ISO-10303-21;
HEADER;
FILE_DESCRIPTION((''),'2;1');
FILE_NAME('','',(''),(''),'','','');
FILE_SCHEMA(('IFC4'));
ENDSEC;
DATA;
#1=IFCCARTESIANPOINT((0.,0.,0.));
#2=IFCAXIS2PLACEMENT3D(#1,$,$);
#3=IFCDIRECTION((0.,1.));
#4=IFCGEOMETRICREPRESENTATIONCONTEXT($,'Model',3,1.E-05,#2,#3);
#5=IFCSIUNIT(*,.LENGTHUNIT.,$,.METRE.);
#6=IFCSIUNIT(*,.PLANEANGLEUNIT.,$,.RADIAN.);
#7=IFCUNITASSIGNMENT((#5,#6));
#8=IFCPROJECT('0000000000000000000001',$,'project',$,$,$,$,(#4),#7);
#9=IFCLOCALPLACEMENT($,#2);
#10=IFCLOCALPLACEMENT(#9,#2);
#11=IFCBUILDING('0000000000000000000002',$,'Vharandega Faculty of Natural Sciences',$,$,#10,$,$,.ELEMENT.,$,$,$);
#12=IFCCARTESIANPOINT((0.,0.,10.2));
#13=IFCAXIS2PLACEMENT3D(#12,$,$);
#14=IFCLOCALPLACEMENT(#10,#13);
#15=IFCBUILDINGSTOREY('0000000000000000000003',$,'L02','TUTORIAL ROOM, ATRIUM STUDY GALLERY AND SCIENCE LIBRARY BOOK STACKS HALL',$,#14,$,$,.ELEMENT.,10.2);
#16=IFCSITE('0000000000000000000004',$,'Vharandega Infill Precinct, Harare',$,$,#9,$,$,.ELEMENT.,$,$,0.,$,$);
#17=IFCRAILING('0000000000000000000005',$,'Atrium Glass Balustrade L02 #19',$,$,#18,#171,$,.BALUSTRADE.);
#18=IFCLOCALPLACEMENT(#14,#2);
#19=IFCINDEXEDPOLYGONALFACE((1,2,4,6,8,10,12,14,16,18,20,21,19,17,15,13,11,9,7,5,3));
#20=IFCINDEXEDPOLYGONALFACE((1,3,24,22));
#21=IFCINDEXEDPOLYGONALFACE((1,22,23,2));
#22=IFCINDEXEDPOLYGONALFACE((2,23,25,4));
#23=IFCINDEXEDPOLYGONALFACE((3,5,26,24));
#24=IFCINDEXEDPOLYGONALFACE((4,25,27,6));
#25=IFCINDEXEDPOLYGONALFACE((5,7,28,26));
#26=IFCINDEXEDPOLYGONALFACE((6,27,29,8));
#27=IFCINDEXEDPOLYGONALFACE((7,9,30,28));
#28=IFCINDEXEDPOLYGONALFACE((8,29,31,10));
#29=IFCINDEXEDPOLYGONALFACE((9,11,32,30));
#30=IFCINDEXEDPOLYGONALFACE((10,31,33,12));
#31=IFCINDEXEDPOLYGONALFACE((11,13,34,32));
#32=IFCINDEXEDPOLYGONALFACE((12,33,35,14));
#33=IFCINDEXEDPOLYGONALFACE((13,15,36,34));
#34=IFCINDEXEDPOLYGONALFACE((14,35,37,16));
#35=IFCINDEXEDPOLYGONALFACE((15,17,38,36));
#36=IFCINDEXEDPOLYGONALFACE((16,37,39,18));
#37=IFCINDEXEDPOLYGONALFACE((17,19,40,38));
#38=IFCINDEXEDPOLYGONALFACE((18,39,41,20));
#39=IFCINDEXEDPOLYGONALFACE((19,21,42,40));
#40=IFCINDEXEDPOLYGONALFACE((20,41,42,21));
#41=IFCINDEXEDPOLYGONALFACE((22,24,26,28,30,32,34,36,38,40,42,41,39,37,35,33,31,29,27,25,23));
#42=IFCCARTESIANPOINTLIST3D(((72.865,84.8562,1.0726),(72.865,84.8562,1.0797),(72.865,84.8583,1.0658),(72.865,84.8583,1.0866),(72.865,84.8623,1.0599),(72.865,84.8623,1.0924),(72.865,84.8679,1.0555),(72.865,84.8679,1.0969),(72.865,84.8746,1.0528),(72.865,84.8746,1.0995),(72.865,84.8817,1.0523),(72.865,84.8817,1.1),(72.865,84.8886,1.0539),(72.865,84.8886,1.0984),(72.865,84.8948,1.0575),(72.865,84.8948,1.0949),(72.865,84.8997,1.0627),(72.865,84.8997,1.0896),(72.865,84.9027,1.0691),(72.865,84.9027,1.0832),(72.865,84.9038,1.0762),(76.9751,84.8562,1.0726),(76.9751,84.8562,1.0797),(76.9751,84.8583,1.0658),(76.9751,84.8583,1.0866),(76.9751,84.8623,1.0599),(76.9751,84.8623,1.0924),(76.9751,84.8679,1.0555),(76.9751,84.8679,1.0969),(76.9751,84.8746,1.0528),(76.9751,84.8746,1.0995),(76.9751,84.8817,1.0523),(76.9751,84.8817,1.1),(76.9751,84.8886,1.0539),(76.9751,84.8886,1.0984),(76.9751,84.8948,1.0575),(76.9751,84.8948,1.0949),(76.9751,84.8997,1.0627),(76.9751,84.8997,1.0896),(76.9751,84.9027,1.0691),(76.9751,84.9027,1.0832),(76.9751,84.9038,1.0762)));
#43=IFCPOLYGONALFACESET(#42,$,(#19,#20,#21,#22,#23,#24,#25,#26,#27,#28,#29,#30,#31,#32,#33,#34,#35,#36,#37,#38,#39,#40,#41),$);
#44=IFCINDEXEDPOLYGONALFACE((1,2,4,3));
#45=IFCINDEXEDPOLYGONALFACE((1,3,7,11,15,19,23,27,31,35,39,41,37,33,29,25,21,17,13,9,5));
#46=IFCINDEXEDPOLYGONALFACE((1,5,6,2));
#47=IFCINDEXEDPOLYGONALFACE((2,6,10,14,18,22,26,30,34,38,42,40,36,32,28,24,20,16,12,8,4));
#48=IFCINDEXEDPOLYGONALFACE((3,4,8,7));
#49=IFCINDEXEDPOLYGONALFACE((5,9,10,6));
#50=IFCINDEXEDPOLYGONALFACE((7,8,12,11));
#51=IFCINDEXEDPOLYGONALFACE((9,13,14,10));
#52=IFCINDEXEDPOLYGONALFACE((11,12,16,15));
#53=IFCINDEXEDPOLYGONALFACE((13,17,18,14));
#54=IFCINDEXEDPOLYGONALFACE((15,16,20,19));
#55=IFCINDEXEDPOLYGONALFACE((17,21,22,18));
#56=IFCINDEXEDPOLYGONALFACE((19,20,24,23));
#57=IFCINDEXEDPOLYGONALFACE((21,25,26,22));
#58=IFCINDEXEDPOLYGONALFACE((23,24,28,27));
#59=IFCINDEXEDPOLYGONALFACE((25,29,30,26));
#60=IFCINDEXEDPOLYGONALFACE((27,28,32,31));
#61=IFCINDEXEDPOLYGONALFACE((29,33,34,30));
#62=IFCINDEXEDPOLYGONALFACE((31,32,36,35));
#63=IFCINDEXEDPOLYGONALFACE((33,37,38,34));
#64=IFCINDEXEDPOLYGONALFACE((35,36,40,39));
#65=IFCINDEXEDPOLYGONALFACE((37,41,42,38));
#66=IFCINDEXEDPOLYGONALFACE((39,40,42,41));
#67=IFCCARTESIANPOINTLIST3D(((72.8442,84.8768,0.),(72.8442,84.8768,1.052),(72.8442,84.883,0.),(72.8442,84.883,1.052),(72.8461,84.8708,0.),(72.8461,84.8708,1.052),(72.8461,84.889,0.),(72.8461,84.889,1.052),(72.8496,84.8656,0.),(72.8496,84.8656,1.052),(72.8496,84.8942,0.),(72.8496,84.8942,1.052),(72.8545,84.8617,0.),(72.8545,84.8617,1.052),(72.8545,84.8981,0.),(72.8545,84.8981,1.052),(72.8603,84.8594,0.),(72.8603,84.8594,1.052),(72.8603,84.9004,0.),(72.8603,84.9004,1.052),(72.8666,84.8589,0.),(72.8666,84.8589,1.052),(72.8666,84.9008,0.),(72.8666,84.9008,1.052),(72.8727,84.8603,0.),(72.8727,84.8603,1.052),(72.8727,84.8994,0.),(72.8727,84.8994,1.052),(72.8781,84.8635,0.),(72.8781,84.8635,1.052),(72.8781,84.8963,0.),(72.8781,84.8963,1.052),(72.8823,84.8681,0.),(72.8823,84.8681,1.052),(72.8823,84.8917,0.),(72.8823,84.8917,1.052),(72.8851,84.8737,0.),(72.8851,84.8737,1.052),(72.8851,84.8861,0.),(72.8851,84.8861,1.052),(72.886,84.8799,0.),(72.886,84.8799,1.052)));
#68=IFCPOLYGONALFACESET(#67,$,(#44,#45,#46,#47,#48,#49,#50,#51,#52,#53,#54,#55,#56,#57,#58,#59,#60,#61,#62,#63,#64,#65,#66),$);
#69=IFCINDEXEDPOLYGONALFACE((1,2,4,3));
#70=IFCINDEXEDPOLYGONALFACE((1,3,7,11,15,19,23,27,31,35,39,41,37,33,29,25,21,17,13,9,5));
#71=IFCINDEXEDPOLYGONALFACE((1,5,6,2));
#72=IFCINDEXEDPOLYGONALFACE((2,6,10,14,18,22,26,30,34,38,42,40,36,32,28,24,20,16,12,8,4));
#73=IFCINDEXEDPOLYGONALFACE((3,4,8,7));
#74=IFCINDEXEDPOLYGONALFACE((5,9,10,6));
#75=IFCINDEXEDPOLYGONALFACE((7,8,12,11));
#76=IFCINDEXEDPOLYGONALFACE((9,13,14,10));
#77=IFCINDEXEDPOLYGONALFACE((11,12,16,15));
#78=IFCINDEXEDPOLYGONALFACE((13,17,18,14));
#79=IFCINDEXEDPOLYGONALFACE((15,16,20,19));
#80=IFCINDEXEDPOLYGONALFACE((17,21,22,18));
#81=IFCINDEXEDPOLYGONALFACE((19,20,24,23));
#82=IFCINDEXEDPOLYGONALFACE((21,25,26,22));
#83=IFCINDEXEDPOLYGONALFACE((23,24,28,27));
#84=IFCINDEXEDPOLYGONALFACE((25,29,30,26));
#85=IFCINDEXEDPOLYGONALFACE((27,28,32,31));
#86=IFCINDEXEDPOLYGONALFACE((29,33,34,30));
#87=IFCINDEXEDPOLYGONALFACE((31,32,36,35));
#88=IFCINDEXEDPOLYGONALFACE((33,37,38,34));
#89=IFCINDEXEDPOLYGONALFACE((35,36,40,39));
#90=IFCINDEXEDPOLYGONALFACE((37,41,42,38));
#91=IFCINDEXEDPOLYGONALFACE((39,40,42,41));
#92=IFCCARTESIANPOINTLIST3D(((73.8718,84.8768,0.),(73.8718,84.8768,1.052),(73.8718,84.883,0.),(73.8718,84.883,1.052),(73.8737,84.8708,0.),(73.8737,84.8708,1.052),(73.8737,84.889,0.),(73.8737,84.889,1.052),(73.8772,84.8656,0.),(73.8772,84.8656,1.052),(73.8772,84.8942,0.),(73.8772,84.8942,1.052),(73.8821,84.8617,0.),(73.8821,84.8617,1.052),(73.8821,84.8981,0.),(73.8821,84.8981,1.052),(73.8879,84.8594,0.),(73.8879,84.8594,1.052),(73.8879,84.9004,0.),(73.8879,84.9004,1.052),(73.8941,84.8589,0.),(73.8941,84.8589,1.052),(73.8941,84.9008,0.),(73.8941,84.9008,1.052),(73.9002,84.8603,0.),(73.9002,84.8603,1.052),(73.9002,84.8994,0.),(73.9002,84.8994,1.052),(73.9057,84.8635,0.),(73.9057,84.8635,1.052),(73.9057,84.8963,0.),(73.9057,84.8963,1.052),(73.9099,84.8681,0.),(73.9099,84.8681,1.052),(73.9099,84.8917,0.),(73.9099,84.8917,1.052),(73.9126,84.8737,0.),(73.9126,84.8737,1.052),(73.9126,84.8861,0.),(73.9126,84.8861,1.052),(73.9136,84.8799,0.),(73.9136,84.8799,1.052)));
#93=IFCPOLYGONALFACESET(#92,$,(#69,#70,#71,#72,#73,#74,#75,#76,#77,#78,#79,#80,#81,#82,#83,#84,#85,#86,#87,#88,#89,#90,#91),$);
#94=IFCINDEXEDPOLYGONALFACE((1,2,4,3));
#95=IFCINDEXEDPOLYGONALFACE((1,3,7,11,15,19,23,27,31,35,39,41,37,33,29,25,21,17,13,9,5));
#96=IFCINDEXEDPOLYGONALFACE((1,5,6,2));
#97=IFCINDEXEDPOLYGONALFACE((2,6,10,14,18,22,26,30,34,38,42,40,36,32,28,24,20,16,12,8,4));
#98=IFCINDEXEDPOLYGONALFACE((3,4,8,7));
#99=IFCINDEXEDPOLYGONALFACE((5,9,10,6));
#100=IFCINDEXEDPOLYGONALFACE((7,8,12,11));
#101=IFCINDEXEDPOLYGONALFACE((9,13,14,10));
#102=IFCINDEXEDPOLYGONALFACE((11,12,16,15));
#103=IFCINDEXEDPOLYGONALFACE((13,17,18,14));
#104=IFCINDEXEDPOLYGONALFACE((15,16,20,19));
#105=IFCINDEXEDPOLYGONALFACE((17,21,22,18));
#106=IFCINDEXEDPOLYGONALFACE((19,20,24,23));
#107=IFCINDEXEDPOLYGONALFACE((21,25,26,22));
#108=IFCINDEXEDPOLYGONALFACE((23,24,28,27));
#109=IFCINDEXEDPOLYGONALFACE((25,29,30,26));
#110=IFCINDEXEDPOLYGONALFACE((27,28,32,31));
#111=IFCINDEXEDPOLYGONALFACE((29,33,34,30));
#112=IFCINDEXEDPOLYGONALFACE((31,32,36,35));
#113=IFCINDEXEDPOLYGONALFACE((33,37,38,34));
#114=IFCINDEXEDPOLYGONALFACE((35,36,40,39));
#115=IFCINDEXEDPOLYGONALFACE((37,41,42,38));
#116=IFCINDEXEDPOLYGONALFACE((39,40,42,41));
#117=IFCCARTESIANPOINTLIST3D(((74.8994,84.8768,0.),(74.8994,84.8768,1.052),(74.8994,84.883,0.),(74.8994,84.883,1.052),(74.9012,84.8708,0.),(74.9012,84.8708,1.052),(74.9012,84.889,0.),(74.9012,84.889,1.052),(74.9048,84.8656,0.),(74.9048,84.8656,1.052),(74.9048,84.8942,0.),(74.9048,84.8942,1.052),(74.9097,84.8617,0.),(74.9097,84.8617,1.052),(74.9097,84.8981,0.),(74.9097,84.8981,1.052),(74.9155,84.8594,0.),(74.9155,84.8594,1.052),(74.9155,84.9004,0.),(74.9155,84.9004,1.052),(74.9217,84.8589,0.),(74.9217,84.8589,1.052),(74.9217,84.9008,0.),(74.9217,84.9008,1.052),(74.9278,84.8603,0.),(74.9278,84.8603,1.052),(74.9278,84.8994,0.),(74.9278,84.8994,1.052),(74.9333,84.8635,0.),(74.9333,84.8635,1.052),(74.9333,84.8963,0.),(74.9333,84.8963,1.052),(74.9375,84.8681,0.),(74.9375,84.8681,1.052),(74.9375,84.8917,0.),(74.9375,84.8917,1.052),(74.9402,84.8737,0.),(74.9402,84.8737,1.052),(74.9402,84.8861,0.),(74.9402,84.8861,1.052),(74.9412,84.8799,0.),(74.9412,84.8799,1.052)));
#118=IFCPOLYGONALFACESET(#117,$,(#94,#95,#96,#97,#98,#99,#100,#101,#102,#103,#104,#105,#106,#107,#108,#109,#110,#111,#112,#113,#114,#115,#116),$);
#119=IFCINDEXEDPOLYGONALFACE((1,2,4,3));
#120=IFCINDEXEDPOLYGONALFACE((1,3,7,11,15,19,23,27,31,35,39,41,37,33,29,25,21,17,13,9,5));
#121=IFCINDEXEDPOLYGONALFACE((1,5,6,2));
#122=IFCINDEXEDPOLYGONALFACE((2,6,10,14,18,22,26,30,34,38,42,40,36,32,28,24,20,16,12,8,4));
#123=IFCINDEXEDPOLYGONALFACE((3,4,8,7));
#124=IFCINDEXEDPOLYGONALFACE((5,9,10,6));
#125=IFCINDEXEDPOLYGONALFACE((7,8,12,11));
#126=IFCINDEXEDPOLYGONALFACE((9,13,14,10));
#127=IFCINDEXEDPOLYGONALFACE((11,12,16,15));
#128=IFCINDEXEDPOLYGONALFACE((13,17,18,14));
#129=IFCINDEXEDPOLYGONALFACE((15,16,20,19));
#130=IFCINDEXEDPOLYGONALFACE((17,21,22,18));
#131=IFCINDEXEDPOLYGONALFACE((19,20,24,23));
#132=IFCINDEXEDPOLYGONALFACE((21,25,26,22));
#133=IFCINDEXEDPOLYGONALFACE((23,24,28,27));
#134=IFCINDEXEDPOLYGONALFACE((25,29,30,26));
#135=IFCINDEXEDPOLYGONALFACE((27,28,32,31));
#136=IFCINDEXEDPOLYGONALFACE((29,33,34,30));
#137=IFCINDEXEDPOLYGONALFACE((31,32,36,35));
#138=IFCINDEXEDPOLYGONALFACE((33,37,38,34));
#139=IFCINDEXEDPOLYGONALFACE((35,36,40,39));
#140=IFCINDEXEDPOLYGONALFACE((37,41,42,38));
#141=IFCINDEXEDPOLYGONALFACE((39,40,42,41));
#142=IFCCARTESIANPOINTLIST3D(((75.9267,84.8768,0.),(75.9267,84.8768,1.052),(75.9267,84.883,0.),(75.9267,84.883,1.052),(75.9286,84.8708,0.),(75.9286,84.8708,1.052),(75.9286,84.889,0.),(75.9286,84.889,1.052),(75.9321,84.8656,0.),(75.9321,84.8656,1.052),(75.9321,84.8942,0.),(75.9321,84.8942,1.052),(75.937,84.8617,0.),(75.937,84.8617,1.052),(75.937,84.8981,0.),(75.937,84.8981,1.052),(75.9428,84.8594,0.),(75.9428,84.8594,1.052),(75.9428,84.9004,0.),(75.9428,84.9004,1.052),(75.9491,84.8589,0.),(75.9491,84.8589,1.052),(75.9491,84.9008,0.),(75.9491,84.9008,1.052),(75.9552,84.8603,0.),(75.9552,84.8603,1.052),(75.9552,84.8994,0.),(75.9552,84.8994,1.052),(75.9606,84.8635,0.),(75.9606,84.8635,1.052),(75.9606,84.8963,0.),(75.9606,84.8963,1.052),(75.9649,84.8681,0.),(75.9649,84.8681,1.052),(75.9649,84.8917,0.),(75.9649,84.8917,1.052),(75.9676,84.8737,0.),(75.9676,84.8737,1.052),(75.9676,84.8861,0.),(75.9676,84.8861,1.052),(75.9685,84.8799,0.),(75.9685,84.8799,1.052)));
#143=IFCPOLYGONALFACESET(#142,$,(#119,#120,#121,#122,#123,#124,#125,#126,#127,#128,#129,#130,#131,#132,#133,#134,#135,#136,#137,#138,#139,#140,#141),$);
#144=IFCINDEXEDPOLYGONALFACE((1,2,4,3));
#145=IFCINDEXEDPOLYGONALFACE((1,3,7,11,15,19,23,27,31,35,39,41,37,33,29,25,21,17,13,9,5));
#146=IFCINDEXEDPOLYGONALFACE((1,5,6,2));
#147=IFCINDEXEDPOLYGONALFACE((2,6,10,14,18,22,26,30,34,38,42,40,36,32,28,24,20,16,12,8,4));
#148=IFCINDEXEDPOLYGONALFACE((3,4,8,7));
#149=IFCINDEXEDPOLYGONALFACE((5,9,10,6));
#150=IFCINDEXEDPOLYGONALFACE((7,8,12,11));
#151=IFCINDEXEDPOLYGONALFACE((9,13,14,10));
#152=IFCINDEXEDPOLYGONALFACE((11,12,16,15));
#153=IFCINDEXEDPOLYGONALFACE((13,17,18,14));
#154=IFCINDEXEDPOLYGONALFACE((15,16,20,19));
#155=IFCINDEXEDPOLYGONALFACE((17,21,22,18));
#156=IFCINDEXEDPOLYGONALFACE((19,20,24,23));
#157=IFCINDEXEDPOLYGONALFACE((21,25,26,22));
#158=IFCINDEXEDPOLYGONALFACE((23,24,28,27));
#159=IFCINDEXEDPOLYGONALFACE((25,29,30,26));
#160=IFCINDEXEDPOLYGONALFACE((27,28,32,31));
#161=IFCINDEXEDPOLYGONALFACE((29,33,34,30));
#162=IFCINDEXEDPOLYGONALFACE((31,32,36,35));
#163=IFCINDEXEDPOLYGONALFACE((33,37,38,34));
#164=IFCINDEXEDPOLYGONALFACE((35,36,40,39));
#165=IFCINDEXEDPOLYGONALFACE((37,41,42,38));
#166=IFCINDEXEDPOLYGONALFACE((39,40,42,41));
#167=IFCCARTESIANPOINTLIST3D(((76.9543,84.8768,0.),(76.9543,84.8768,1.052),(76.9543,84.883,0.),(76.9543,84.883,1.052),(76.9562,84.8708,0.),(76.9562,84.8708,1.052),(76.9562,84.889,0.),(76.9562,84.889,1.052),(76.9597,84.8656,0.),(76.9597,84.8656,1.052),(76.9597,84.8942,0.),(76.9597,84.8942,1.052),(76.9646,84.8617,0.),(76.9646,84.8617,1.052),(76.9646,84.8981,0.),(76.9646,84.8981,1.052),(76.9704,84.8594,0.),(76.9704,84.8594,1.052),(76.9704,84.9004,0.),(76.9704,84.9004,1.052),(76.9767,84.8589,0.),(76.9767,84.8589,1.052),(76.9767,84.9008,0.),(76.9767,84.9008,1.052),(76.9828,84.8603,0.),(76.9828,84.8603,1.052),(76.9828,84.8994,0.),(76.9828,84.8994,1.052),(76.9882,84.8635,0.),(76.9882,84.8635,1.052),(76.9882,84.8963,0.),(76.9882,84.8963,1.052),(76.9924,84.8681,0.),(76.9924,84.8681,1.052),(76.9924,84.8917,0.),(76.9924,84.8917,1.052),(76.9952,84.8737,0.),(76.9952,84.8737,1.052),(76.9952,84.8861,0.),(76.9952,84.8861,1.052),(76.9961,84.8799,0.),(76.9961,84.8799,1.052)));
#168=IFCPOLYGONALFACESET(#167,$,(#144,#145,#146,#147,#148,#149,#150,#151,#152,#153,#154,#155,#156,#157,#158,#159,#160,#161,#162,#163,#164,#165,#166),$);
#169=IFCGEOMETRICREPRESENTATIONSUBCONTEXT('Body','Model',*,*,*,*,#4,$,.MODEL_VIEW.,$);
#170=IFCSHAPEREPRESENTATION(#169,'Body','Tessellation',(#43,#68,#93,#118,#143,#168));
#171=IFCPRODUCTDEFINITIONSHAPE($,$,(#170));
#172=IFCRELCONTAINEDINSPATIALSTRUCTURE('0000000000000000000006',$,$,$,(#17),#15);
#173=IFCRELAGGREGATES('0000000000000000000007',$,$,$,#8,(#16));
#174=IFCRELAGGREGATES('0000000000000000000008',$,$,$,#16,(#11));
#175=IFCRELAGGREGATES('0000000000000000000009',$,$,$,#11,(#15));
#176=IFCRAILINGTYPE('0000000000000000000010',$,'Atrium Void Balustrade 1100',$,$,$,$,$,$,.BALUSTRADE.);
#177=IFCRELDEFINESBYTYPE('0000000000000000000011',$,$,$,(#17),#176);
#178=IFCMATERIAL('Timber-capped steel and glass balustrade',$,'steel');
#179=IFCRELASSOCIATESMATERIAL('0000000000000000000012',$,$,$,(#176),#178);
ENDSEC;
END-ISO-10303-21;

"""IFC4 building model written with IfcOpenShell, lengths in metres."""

from ifc_helpers import new_model, si_unit, direction, frame, origin, origin_2d, place, context, subcontext, project, spatial, circle, extrude, material, type_object, element, save


model = new_model("IFC4")

# Units and contexts
model_context = context("Model", 3, precision=1e-05, world=origin(), true_north=direction((0.0, 1.0)))
body_context = subcontext(model_context, "Body", "Model", "MODEL_VIEW")
ifc_project = project(units=[si_unit("LENGTHUNIT", "METRE"), si_unit("PLANEANGLEUNIT", "RADIAN")], contexts=[model_context])

# Site, building, storey
site_placement = place(None, origin())
site = spatial("IfcSite", under=ifc_project, at=site_placement, Name="Vharandega Infill Precinct, Harare", CompositionType="ELEMENT", RefElevation=0.0)
building_placement = place(site_placement, origin())
building = spatial("IfcBuilding", under=site, at=building_placement, Name="Vharandega Faculty of Natural Sciences", CompositionType="ELEMENT")
storey_placement = place(building_placement, frame((0.0, 0.0, 10.2)))
storey = spatial("IfcBuildingStorey", under=building, at=storey_placement, Name="L02", Description="TUTORIAL ROOM, ATRIUM STUDY GALLERY AND SCIENCE LIBRARY BOOK STACKS HALL", CompositionType="ELEMENT", Elevation=10.2)

# Railing
ifc_material_1 = material(Name="Timber-capped steel and glass balustrade", Category="steel")
railing_type = type_object("IfcRailingType", Name="Atrium Void Balustrade 1100", PredefinedType="BALUSTRADE", material=ifc_material_1)
for number, where, name in (
    (1, (72.865, 84.8799, 0.0), "Atrium Glass Balustrade L02 #19"),
):
    element("IfcRailing", number, at=place(storey_placement, frame(where)), inside=storey, type_object=railing_type, Name=name, PredefinedType="BALUSTRADE", context=body_context, shape_type="SweptSolid", body=[
        extrude(circle(Radius=0.0239, at=origin_2d()), frame((0.0, 0.0, 1.0762), z_axis=(1.0, 0.0, 0.0), x_axis=(0.0, 1.0, 0.0)), (0.0, 0.0, 1.0), 4.1101),
        extrude(circle(Radius=0.021, at=origin_2d()), origin(), (0.0, 0.0, 1.0), 1.052),
        extrude(circle(Radius=0.021, at=origin_2d()), frame((1.0276, 0.0, 0.0)), (0.0, 0.0, 1.0), 1.052),
        extrude(circle(Radius=0.021, at=origin_2d()), frame((2.0552, 0.0, 0.0)), (0.0, 0.0, 1.0), 1.052),
        extrude(circle(Radius=0.021, at=origin_2d()), frame((3.0825, 0.0, 0.0)), (0.0, 0.0, 1.0), 1.052),
        extrude(circle(Radius=0.021, at=origin_2d()), frame((4.1101, 0.0, 0.0)), (0.0, 0.0, 1.0), 1.052),
    ])

save(model, "model.ifc")
